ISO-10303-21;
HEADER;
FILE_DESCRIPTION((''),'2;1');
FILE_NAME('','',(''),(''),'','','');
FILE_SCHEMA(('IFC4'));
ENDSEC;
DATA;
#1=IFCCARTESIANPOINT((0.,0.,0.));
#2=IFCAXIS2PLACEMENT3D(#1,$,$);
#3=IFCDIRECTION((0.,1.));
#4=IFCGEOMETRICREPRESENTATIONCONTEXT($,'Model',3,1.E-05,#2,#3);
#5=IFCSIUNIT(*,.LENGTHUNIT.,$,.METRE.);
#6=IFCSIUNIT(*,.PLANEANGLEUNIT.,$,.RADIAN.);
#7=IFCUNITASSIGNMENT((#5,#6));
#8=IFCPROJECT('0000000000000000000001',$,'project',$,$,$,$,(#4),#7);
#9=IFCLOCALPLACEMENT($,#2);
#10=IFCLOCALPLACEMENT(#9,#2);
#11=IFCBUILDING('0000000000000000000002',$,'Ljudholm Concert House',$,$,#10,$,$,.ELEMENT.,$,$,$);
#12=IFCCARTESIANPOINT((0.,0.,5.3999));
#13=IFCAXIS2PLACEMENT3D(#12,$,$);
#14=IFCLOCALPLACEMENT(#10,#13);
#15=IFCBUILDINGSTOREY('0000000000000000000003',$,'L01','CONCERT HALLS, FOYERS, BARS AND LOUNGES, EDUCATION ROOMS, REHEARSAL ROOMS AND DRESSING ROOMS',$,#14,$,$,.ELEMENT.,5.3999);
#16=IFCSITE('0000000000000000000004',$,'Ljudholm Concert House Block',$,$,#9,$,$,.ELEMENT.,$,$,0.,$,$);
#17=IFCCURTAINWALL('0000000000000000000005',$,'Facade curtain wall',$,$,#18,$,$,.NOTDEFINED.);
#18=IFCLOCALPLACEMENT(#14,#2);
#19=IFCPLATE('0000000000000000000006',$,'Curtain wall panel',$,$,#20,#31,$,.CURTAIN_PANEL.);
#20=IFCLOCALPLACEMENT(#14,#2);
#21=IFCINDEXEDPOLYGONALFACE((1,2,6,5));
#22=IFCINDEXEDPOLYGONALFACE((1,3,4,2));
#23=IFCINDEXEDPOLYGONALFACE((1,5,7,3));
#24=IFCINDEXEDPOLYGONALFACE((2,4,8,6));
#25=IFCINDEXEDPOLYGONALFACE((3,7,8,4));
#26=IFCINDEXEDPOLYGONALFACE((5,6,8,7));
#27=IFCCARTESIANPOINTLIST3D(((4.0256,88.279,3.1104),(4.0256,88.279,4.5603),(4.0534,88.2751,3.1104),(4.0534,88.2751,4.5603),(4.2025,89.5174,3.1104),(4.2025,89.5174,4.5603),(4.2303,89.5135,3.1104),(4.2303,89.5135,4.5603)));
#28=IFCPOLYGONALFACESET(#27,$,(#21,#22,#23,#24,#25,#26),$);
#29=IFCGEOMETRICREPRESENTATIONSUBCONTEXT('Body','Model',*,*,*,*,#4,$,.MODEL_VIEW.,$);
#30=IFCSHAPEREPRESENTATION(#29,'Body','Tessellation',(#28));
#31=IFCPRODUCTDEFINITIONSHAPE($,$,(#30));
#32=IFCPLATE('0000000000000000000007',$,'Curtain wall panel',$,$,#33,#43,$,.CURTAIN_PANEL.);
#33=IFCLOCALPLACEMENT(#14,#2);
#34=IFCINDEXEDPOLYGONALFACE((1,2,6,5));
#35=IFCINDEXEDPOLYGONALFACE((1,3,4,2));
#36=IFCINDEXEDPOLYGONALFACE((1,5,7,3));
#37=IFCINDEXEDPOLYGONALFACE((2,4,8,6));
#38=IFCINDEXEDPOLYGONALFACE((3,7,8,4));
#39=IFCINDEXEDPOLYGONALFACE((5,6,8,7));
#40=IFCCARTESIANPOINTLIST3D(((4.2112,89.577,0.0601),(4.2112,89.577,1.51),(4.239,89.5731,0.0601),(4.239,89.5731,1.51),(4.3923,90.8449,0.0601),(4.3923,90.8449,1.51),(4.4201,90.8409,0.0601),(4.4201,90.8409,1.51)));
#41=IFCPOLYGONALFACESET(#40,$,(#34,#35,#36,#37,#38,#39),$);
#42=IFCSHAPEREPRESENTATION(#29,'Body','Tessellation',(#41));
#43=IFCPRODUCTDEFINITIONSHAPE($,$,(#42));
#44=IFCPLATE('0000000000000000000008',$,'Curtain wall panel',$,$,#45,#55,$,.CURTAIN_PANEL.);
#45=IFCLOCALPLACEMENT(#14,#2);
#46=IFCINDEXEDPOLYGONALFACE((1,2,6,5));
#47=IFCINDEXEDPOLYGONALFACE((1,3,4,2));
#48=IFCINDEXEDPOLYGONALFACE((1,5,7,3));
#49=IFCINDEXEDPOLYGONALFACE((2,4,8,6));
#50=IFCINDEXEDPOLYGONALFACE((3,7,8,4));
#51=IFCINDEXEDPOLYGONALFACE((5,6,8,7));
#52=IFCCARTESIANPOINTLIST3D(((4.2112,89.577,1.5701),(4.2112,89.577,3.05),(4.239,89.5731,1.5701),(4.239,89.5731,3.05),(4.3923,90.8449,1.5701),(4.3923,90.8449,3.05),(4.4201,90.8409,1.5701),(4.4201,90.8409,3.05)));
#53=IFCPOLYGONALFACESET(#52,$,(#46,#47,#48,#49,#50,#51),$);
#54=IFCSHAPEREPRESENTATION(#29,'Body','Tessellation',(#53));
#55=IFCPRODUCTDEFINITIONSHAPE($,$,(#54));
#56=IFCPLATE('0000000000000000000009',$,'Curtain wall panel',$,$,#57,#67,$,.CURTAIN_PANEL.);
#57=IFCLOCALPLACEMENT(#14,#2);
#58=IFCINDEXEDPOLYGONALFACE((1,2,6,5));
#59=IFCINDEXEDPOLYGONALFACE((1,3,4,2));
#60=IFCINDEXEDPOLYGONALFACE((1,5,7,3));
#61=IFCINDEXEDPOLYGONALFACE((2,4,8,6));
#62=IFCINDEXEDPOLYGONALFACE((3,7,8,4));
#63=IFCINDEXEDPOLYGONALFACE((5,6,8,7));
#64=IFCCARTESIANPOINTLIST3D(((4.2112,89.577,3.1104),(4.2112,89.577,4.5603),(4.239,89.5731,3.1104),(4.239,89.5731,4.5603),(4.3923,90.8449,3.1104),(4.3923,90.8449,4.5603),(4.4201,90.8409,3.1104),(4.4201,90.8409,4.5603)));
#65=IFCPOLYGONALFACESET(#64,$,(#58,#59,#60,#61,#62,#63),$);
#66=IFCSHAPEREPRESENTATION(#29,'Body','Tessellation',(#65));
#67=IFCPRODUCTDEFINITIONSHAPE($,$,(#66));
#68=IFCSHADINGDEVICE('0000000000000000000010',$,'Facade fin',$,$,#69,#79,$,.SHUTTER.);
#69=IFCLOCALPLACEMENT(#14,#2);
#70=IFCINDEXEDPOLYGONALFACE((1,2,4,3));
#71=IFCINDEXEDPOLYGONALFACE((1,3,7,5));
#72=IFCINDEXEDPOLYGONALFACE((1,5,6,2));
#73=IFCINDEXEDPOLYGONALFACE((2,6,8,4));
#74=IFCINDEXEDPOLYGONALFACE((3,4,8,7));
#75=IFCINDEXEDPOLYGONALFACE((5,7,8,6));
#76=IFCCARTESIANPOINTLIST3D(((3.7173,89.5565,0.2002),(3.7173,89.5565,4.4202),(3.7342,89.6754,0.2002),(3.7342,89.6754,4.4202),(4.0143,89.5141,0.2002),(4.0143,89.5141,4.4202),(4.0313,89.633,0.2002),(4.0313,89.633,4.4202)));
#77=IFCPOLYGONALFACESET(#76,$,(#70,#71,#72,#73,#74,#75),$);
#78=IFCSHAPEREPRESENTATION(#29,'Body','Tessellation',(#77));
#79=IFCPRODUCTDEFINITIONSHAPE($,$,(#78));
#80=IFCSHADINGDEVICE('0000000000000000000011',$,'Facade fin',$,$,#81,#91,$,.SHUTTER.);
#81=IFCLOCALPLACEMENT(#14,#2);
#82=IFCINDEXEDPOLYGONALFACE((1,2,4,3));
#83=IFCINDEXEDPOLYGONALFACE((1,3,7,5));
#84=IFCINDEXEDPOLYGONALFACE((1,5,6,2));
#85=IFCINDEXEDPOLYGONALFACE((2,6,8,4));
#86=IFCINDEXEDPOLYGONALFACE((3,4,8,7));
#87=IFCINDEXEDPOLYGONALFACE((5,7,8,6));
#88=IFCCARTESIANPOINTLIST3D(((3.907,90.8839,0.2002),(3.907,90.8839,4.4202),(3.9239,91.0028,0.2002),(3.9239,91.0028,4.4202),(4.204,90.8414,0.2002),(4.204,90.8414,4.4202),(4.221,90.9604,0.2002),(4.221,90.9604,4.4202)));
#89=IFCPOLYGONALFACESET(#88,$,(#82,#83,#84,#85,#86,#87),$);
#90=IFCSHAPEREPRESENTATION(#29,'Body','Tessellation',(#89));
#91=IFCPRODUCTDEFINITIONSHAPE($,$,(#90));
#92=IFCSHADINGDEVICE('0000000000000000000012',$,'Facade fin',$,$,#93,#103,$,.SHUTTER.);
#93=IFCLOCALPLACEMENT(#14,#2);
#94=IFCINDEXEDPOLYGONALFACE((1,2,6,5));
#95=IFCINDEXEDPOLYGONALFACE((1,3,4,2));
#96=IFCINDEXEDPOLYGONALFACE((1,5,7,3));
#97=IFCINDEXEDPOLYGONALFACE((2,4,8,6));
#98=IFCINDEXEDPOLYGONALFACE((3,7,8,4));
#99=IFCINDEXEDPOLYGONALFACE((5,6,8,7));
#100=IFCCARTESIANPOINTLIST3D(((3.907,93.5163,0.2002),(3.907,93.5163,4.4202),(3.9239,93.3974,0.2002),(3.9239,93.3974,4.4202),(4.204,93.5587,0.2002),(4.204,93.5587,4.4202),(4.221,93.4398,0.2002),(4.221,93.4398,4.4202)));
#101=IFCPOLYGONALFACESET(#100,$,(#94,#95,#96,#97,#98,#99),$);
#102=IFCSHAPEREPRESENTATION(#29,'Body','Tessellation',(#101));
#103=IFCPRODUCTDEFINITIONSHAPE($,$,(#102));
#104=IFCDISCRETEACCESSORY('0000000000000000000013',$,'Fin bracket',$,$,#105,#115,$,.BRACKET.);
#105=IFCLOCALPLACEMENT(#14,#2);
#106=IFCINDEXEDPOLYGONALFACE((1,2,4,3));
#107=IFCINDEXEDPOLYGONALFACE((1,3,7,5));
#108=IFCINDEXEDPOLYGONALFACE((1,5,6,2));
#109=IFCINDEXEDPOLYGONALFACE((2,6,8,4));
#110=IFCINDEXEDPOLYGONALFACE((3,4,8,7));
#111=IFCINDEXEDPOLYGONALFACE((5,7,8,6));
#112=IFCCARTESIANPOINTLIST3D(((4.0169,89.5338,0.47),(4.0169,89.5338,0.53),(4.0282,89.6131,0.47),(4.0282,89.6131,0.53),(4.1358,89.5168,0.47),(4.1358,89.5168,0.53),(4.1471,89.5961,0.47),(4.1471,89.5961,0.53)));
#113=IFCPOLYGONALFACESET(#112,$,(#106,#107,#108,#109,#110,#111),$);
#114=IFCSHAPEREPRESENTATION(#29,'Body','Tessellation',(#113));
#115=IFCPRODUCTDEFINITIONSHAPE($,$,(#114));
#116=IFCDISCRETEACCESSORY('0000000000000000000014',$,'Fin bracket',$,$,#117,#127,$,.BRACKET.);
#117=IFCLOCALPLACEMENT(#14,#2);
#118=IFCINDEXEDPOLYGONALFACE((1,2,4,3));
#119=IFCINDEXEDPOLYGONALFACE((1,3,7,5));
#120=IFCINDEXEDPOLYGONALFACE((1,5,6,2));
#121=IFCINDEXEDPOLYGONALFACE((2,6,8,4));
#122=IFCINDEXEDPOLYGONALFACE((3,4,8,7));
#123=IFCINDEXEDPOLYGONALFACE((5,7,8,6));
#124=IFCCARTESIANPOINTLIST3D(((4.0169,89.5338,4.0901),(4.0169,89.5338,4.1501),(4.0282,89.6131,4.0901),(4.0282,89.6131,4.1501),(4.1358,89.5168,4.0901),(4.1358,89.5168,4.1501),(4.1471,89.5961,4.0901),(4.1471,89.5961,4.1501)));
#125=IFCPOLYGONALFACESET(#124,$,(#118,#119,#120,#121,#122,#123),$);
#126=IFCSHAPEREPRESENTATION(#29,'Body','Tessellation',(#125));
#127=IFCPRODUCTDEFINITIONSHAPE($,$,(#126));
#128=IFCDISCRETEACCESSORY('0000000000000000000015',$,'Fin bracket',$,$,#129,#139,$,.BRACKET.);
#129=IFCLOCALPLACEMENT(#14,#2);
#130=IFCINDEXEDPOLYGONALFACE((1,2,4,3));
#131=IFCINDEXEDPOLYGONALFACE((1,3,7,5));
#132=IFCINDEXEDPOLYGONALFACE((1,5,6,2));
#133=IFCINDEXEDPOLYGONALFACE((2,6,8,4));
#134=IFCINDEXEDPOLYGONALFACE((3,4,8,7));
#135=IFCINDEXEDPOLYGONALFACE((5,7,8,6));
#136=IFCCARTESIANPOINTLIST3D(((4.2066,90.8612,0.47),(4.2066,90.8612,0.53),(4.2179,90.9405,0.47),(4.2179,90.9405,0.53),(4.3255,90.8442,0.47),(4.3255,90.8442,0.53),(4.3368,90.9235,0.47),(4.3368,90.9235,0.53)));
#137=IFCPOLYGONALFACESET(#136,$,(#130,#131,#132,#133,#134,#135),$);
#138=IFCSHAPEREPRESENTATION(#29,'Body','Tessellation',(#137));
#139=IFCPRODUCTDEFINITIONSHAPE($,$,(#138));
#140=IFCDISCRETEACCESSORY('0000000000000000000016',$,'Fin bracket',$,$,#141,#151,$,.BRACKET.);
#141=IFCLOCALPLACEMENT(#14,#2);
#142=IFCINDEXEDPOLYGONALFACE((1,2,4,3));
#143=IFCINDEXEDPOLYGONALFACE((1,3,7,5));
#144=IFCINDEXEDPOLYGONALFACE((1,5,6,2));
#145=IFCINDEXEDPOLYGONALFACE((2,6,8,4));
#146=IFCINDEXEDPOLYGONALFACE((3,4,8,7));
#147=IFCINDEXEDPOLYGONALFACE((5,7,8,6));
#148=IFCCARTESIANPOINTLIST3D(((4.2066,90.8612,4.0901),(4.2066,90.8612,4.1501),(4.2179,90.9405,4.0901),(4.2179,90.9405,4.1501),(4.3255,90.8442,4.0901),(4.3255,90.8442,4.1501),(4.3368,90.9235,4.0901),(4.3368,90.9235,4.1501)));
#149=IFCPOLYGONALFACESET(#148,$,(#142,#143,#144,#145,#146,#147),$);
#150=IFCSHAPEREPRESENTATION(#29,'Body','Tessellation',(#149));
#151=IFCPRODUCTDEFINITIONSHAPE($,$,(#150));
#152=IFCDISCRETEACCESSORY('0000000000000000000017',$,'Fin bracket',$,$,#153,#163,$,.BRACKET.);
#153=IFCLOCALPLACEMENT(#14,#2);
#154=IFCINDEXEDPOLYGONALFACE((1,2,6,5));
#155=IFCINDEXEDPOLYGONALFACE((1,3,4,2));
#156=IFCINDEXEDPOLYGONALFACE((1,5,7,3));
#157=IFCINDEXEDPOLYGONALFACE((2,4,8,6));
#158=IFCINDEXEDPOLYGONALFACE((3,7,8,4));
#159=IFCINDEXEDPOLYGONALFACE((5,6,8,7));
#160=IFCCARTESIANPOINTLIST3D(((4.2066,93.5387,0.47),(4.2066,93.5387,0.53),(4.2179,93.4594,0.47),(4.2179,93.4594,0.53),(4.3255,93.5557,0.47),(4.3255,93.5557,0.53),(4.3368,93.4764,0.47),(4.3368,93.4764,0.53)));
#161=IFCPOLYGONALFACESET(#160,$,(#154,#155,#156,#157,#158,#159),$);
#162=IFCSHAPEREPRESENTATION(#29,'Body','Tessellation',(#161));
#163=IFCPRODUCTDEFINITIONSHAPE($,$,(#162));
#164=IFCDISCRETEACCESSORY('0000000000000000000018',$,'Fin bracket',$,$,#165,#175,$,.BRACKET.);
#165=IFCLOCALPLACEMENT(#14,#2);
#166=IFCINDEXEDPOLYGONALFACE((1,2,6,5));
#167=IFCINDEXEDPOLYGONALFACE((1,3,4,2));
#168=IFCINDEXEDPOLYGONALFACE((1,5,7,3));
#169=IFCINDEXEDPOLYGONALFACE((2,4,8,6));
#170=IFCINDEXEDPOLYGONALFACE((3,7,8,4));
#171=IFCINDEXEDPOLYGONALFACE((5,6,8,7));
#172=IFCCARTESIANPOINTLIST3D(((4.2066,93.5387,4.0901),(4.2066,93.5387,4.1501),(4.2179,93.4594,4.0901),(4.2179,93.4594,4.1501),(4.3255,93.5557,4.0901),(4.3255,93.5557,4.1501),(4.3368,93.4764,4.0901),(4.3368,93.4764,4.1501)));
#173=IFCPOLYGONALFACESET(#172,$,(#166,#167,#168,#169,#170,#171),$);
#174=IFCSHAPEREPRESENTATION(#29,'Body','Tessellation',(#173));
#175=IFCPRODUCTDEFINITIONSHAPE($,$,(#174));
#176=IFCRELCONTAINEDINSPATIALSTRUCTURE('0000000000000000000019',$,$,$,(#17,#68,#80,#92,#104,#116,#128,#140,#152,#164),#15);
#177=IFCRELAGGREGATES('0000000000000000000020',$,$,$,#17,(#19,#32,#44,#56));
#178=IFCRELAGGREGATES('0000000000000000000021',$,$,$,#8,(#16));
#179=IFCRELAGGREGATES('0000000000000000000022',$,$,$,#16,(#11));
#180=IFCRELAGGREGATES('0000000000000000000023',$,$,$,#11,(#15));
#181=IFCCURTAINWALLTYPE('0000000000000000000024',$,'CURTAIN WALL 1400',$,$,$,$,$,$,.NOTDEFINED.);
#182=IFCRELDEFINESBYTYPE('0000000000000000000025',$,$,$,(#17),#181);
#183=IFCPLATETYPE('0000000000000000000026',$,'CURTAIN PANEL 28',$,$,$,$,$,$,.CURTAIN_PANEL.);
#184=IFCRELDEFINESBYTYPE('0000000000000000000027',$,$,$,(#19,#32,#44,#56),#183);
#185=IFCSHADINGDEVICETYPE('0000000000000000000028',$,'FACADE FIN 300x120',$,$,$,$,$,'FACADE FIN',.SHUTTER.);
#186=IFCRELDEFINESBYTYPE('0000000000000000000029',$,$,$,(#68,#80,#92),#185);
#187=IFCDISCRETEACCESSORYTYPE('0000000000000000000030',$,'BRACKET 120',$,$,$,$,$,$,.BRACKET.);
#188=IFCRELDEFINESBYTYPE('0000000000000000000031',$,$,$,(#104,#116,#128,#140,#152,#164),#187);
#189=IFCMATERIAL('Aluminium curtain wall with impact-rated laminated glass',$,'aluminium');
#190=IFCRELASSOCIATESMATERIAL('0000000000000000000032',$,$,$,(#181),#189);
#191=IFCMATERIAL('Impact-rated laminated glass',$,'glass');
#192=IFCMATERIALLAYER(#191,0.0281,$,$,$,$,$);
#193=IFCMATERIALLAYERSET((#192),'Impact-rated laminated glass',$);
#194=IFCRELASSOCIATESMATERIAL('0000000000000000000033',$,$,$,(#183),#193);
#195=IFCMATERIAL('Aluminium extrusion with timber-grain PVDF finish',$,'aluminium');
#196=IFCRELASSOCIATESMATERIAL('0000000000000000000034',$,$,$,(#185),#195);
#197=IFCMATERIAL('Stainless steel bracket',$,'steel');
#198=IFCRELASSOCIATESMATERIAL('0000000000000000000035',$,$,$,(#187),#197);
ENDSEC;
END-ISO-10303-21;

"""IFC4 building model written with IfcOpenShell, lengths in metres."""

from ifc_helpers import new_model, si_unit, direction, frame, origin, origin_2d, place, context, subcontext, project, spatial, rectangle, extrude, material, layer, layer_set, type_object, element, aggregate, save


model = new_model("IFC4")

# Units and contexts
model_context = context("Model", 3, precision=1e-05, world=origin(), true_north=direction((0.0, 1.0)))
body_context = subcontext(model_context, "Body", "Model", "MODEL_VIEW")
ifc_project = project(units=[si_unit("LENGTHUNIT", "METRE"), si_unit("PLANEANGLEUNIT", "RADIAN")], contexts=[model_context])

# Site, building, storey
site_placement = place(None, origin())
site = spatial("IfcSite", under=ifc_project, at=site_placement, Name="Ljudholm Concert House Block", CompositionType="ELEMENT", RefElevation=0.0)
building_placement = place(site_placement, origin())
building = spatial("IfcBuilding", under=site, at=building_placement, Name="Ljudholm Concert House", CompositionType="ELEMENT")
storey_placement = place(building_placement, frame((0.0, 0.0, 5.3999)))
storey = spatial("IfcBuildingStorey", under=building, at=storey_placement, Name="L01", Description="CONCERT HALLS, FOYERS, BARS AND LOUNGES, EDUCATION ROOMS, REHEARSAL ROOMS AND DRESSING ROOMS", CompositionType="ELEMENT", Elevation=5.3999)

# Curtain wall
ifc_material_1 = material(Name="Aluminium curtain wall with impact-rated laminated glass", Category="aluminium")
curtain_wall_type = type_object("IfcCurtainWallType", Name="CURTAIN WALL 1400", PredefinedType="NOTDEFINED", material=ifc_material_1)
curtain_wall_1_placement = place(storey_placement, origin())
curtain_wall_1 = element("IfcCurtainWall", 1, at=curtain_wall_1_placement, inside=storey, type_object=curtain_wall_type, Name="Facade curtain wall", PredefinedType="NOTDEFINED")

# Plates
ifc_material_2 = material(Name="Impact-rated laminated glass", Category="glass")
ifc_layer = layer(ifc_material_2, 0.0281)
ifc_layer_set = layer_set([ifc_layer], Name="Impact-rated laminated glass")
plate_type = type_object("IfcPlateType", Name="CURTAIN PANEL 28", PredefinedType="CURTAIN_PANEL", material=ifc_layer_set)
plate_1_placement = place(storey_placement, frame((4.1279, 88.8962, 3.1104), z_axis=(0.0, 0.0, 1.0), x_axis=(0.141421, 0.989949, 0.0)))
plate_1 = element("IfcPlate", 2, at=plate_1_placement, type_object=plate_type, Name="Curtain wall panel", PredefinedType="CURTAIN_PANEL", context=body_context, shape_type="SweptSolid", body=[
    extrude(rectangle(XDim=1.251, YDim=0.0281, at=origin_2d()), origin(), (0.0, 0.0, 1.0), 1.45),
])
plate_2_placement = place(storey_placement, frame((4.3157, 90.209, 0.0601), z_axis=(0.0, 0.0, 1.0), x_axis=(0.141421, 0.989949, 0.0)))
plate_2 = element("IfcPlate", 3, at=plate_2_placement, type_object=plate_type, Name="Curtain wall panel", PredefinedType="CURTAIN_PANEL", context=body_context, shape_type="SweptSolid", body=[
    extrude(rectangle(XDim=1.2808, YDim=0.0281, at=origin_2d()), origin(), (0.0, 0.0, 1.0), 1.45),
])
plate_3_placement = place(storey_placement, frame((4.3157, 90.209, 1.5701), z_axis=(0.0, 0.0, 1.0), x_axis=(0.141421, 0.989949, 0.0)))
plate_3 = element("IfcPlate", 4, at=plate_3_placement, type_object=plate_type, Name="Curtain wall panel", PredefinedType="CURTAIN_PANEL", context=body_context, shape_type="SweptSolid", body=[
    extrude(rectangle(XDim=1.2808, YDim=0.0281, at=origin_2d()), origin(), (0.0, 0.0, 1.0), 1.48),
])
plate_4_placement = place(storey_placement, frame((4.3157, 90.209, 3.1104), z_axis=(0.0, 0.0, 1.0), x_axis=(0.141421, 0.989949, 0.0)))
plate_4 = element("IfcPlate", 5, at=plate_4_placement, type_object=plate_type, Name="Curtain wall panel", PredefinedType="CURTAIN_PANEL", context=body_context, shape_type="SweptSolid", body=[
    extrude(rectangle(XDim=1.2808, YDim=0.0281, at=origin_2d()), origin(), (0.0, 0.0, 1.0), 1.45),
])
aggregate(curtain_wall_1, [plate_1, plate_2, plate_3, plate_4])

# Shading devices
ifc_material_3 = material(Name="Aluminium extrusion with timber-grain PVDF finish", Category="aluminium")
shading_device_type = type_object("IfcShadingDeviceType", Name="FACADE FIN 300x120", ElementType="FACADE FIN", PredefinedType="SHUTTER", material=ifc_material_3)
for number, where, z_axis, x_axis, name in (
    (6, (3.8743, 89.5947, 0.2002), (0.0, 0.0, 1.0), (-0.989949, 0.141421, 0.0), "Facade fin"),
    (7, (4.064, 90.9221, 0.2002), (0.0, 0.0, 1.0), (-0.989949, 0.141421, 0.0), "Facade fin"),
    (8, (4.064, 93.478, 0.2002), (0.0, 0.0, 1.0), (-0.989949, -0.141421, 0.0), "Facade fin"),
):
    element("IfcShadingDevice", number, at=place(storey_placement, frame(where, z_axis=z_axis, x_axis=x_axis)), inside=storey, type_object=shading_device_type, Name=name, PredefinedType="SHUTTER", context=body_context, shape_type="SweptSolid", body=[
        extrude(rectangle(XDim=0.3, YDim=0.1201, at=origin_2d()), origin(), (0.0, 0.0, 1.0), 4.22),
    ])

# Discrete accessories
ifc_material_4 = material(Name="Stainless steel bracket", Category="steel")
discrete_accessory_type = type_object("IfcDiscreteAccessoryType", Name="BRACKET 120", PredefinedType="BRACKET", material=ifc_material_4)
for number, where, z_axis, x_axis, name in (
    (9, (4.082, 89.5649, 0.47), (0.0, 0.0, 1.0), (-0.989949, 0.141421, 0.0), "Fin bracket"),
    (10, (4.082, 89.5649, 4.0901), (0.0, 0.0, 1.0), (-0.989949, 0.141421, 0.0), "Fin bracket"),
    (11, (4.2717, 90.8923, 0.47), (0.0, 0.0, 1.0), (-0.989949, 0.141421, 0.0), "Fin bracket"),
    (12, (4.2717, 90.8923, 4.0901), (0.0, 0.0, 1.0), (-0.989949, 0.141421, 0.0), "Fin bracket"),
    (13, (4.2717, 93.5076, 0.47), (0.0, 0.0, 1.0), (-0.989949, -0.141421, 0.0), "Fin bracket"),
    (14, (4.2717, 93.5076, 4.0901), (0.0, 0.0, 1.0), (-0.989949, -0.141421, 0.0), "Fin bracket"),
):
    element("IfcDiscreteAccessory", number, at=place(storey_placement, frame(where, z_axis=z_axis, x_axis=x_axis)), inside=storey, type_object=discrete_accessory_type, Name=name, PredefinedType="BRACKET", context=body_context, shape_type="SweptSolid", body=[
        extrude(rectangle(XDim=0.1201, YDim=0.0801, at=origin_2d()), origin(), (0.0, 0.0, 1.0), 0.0601),
    ])

save(model, "model.ifc")
